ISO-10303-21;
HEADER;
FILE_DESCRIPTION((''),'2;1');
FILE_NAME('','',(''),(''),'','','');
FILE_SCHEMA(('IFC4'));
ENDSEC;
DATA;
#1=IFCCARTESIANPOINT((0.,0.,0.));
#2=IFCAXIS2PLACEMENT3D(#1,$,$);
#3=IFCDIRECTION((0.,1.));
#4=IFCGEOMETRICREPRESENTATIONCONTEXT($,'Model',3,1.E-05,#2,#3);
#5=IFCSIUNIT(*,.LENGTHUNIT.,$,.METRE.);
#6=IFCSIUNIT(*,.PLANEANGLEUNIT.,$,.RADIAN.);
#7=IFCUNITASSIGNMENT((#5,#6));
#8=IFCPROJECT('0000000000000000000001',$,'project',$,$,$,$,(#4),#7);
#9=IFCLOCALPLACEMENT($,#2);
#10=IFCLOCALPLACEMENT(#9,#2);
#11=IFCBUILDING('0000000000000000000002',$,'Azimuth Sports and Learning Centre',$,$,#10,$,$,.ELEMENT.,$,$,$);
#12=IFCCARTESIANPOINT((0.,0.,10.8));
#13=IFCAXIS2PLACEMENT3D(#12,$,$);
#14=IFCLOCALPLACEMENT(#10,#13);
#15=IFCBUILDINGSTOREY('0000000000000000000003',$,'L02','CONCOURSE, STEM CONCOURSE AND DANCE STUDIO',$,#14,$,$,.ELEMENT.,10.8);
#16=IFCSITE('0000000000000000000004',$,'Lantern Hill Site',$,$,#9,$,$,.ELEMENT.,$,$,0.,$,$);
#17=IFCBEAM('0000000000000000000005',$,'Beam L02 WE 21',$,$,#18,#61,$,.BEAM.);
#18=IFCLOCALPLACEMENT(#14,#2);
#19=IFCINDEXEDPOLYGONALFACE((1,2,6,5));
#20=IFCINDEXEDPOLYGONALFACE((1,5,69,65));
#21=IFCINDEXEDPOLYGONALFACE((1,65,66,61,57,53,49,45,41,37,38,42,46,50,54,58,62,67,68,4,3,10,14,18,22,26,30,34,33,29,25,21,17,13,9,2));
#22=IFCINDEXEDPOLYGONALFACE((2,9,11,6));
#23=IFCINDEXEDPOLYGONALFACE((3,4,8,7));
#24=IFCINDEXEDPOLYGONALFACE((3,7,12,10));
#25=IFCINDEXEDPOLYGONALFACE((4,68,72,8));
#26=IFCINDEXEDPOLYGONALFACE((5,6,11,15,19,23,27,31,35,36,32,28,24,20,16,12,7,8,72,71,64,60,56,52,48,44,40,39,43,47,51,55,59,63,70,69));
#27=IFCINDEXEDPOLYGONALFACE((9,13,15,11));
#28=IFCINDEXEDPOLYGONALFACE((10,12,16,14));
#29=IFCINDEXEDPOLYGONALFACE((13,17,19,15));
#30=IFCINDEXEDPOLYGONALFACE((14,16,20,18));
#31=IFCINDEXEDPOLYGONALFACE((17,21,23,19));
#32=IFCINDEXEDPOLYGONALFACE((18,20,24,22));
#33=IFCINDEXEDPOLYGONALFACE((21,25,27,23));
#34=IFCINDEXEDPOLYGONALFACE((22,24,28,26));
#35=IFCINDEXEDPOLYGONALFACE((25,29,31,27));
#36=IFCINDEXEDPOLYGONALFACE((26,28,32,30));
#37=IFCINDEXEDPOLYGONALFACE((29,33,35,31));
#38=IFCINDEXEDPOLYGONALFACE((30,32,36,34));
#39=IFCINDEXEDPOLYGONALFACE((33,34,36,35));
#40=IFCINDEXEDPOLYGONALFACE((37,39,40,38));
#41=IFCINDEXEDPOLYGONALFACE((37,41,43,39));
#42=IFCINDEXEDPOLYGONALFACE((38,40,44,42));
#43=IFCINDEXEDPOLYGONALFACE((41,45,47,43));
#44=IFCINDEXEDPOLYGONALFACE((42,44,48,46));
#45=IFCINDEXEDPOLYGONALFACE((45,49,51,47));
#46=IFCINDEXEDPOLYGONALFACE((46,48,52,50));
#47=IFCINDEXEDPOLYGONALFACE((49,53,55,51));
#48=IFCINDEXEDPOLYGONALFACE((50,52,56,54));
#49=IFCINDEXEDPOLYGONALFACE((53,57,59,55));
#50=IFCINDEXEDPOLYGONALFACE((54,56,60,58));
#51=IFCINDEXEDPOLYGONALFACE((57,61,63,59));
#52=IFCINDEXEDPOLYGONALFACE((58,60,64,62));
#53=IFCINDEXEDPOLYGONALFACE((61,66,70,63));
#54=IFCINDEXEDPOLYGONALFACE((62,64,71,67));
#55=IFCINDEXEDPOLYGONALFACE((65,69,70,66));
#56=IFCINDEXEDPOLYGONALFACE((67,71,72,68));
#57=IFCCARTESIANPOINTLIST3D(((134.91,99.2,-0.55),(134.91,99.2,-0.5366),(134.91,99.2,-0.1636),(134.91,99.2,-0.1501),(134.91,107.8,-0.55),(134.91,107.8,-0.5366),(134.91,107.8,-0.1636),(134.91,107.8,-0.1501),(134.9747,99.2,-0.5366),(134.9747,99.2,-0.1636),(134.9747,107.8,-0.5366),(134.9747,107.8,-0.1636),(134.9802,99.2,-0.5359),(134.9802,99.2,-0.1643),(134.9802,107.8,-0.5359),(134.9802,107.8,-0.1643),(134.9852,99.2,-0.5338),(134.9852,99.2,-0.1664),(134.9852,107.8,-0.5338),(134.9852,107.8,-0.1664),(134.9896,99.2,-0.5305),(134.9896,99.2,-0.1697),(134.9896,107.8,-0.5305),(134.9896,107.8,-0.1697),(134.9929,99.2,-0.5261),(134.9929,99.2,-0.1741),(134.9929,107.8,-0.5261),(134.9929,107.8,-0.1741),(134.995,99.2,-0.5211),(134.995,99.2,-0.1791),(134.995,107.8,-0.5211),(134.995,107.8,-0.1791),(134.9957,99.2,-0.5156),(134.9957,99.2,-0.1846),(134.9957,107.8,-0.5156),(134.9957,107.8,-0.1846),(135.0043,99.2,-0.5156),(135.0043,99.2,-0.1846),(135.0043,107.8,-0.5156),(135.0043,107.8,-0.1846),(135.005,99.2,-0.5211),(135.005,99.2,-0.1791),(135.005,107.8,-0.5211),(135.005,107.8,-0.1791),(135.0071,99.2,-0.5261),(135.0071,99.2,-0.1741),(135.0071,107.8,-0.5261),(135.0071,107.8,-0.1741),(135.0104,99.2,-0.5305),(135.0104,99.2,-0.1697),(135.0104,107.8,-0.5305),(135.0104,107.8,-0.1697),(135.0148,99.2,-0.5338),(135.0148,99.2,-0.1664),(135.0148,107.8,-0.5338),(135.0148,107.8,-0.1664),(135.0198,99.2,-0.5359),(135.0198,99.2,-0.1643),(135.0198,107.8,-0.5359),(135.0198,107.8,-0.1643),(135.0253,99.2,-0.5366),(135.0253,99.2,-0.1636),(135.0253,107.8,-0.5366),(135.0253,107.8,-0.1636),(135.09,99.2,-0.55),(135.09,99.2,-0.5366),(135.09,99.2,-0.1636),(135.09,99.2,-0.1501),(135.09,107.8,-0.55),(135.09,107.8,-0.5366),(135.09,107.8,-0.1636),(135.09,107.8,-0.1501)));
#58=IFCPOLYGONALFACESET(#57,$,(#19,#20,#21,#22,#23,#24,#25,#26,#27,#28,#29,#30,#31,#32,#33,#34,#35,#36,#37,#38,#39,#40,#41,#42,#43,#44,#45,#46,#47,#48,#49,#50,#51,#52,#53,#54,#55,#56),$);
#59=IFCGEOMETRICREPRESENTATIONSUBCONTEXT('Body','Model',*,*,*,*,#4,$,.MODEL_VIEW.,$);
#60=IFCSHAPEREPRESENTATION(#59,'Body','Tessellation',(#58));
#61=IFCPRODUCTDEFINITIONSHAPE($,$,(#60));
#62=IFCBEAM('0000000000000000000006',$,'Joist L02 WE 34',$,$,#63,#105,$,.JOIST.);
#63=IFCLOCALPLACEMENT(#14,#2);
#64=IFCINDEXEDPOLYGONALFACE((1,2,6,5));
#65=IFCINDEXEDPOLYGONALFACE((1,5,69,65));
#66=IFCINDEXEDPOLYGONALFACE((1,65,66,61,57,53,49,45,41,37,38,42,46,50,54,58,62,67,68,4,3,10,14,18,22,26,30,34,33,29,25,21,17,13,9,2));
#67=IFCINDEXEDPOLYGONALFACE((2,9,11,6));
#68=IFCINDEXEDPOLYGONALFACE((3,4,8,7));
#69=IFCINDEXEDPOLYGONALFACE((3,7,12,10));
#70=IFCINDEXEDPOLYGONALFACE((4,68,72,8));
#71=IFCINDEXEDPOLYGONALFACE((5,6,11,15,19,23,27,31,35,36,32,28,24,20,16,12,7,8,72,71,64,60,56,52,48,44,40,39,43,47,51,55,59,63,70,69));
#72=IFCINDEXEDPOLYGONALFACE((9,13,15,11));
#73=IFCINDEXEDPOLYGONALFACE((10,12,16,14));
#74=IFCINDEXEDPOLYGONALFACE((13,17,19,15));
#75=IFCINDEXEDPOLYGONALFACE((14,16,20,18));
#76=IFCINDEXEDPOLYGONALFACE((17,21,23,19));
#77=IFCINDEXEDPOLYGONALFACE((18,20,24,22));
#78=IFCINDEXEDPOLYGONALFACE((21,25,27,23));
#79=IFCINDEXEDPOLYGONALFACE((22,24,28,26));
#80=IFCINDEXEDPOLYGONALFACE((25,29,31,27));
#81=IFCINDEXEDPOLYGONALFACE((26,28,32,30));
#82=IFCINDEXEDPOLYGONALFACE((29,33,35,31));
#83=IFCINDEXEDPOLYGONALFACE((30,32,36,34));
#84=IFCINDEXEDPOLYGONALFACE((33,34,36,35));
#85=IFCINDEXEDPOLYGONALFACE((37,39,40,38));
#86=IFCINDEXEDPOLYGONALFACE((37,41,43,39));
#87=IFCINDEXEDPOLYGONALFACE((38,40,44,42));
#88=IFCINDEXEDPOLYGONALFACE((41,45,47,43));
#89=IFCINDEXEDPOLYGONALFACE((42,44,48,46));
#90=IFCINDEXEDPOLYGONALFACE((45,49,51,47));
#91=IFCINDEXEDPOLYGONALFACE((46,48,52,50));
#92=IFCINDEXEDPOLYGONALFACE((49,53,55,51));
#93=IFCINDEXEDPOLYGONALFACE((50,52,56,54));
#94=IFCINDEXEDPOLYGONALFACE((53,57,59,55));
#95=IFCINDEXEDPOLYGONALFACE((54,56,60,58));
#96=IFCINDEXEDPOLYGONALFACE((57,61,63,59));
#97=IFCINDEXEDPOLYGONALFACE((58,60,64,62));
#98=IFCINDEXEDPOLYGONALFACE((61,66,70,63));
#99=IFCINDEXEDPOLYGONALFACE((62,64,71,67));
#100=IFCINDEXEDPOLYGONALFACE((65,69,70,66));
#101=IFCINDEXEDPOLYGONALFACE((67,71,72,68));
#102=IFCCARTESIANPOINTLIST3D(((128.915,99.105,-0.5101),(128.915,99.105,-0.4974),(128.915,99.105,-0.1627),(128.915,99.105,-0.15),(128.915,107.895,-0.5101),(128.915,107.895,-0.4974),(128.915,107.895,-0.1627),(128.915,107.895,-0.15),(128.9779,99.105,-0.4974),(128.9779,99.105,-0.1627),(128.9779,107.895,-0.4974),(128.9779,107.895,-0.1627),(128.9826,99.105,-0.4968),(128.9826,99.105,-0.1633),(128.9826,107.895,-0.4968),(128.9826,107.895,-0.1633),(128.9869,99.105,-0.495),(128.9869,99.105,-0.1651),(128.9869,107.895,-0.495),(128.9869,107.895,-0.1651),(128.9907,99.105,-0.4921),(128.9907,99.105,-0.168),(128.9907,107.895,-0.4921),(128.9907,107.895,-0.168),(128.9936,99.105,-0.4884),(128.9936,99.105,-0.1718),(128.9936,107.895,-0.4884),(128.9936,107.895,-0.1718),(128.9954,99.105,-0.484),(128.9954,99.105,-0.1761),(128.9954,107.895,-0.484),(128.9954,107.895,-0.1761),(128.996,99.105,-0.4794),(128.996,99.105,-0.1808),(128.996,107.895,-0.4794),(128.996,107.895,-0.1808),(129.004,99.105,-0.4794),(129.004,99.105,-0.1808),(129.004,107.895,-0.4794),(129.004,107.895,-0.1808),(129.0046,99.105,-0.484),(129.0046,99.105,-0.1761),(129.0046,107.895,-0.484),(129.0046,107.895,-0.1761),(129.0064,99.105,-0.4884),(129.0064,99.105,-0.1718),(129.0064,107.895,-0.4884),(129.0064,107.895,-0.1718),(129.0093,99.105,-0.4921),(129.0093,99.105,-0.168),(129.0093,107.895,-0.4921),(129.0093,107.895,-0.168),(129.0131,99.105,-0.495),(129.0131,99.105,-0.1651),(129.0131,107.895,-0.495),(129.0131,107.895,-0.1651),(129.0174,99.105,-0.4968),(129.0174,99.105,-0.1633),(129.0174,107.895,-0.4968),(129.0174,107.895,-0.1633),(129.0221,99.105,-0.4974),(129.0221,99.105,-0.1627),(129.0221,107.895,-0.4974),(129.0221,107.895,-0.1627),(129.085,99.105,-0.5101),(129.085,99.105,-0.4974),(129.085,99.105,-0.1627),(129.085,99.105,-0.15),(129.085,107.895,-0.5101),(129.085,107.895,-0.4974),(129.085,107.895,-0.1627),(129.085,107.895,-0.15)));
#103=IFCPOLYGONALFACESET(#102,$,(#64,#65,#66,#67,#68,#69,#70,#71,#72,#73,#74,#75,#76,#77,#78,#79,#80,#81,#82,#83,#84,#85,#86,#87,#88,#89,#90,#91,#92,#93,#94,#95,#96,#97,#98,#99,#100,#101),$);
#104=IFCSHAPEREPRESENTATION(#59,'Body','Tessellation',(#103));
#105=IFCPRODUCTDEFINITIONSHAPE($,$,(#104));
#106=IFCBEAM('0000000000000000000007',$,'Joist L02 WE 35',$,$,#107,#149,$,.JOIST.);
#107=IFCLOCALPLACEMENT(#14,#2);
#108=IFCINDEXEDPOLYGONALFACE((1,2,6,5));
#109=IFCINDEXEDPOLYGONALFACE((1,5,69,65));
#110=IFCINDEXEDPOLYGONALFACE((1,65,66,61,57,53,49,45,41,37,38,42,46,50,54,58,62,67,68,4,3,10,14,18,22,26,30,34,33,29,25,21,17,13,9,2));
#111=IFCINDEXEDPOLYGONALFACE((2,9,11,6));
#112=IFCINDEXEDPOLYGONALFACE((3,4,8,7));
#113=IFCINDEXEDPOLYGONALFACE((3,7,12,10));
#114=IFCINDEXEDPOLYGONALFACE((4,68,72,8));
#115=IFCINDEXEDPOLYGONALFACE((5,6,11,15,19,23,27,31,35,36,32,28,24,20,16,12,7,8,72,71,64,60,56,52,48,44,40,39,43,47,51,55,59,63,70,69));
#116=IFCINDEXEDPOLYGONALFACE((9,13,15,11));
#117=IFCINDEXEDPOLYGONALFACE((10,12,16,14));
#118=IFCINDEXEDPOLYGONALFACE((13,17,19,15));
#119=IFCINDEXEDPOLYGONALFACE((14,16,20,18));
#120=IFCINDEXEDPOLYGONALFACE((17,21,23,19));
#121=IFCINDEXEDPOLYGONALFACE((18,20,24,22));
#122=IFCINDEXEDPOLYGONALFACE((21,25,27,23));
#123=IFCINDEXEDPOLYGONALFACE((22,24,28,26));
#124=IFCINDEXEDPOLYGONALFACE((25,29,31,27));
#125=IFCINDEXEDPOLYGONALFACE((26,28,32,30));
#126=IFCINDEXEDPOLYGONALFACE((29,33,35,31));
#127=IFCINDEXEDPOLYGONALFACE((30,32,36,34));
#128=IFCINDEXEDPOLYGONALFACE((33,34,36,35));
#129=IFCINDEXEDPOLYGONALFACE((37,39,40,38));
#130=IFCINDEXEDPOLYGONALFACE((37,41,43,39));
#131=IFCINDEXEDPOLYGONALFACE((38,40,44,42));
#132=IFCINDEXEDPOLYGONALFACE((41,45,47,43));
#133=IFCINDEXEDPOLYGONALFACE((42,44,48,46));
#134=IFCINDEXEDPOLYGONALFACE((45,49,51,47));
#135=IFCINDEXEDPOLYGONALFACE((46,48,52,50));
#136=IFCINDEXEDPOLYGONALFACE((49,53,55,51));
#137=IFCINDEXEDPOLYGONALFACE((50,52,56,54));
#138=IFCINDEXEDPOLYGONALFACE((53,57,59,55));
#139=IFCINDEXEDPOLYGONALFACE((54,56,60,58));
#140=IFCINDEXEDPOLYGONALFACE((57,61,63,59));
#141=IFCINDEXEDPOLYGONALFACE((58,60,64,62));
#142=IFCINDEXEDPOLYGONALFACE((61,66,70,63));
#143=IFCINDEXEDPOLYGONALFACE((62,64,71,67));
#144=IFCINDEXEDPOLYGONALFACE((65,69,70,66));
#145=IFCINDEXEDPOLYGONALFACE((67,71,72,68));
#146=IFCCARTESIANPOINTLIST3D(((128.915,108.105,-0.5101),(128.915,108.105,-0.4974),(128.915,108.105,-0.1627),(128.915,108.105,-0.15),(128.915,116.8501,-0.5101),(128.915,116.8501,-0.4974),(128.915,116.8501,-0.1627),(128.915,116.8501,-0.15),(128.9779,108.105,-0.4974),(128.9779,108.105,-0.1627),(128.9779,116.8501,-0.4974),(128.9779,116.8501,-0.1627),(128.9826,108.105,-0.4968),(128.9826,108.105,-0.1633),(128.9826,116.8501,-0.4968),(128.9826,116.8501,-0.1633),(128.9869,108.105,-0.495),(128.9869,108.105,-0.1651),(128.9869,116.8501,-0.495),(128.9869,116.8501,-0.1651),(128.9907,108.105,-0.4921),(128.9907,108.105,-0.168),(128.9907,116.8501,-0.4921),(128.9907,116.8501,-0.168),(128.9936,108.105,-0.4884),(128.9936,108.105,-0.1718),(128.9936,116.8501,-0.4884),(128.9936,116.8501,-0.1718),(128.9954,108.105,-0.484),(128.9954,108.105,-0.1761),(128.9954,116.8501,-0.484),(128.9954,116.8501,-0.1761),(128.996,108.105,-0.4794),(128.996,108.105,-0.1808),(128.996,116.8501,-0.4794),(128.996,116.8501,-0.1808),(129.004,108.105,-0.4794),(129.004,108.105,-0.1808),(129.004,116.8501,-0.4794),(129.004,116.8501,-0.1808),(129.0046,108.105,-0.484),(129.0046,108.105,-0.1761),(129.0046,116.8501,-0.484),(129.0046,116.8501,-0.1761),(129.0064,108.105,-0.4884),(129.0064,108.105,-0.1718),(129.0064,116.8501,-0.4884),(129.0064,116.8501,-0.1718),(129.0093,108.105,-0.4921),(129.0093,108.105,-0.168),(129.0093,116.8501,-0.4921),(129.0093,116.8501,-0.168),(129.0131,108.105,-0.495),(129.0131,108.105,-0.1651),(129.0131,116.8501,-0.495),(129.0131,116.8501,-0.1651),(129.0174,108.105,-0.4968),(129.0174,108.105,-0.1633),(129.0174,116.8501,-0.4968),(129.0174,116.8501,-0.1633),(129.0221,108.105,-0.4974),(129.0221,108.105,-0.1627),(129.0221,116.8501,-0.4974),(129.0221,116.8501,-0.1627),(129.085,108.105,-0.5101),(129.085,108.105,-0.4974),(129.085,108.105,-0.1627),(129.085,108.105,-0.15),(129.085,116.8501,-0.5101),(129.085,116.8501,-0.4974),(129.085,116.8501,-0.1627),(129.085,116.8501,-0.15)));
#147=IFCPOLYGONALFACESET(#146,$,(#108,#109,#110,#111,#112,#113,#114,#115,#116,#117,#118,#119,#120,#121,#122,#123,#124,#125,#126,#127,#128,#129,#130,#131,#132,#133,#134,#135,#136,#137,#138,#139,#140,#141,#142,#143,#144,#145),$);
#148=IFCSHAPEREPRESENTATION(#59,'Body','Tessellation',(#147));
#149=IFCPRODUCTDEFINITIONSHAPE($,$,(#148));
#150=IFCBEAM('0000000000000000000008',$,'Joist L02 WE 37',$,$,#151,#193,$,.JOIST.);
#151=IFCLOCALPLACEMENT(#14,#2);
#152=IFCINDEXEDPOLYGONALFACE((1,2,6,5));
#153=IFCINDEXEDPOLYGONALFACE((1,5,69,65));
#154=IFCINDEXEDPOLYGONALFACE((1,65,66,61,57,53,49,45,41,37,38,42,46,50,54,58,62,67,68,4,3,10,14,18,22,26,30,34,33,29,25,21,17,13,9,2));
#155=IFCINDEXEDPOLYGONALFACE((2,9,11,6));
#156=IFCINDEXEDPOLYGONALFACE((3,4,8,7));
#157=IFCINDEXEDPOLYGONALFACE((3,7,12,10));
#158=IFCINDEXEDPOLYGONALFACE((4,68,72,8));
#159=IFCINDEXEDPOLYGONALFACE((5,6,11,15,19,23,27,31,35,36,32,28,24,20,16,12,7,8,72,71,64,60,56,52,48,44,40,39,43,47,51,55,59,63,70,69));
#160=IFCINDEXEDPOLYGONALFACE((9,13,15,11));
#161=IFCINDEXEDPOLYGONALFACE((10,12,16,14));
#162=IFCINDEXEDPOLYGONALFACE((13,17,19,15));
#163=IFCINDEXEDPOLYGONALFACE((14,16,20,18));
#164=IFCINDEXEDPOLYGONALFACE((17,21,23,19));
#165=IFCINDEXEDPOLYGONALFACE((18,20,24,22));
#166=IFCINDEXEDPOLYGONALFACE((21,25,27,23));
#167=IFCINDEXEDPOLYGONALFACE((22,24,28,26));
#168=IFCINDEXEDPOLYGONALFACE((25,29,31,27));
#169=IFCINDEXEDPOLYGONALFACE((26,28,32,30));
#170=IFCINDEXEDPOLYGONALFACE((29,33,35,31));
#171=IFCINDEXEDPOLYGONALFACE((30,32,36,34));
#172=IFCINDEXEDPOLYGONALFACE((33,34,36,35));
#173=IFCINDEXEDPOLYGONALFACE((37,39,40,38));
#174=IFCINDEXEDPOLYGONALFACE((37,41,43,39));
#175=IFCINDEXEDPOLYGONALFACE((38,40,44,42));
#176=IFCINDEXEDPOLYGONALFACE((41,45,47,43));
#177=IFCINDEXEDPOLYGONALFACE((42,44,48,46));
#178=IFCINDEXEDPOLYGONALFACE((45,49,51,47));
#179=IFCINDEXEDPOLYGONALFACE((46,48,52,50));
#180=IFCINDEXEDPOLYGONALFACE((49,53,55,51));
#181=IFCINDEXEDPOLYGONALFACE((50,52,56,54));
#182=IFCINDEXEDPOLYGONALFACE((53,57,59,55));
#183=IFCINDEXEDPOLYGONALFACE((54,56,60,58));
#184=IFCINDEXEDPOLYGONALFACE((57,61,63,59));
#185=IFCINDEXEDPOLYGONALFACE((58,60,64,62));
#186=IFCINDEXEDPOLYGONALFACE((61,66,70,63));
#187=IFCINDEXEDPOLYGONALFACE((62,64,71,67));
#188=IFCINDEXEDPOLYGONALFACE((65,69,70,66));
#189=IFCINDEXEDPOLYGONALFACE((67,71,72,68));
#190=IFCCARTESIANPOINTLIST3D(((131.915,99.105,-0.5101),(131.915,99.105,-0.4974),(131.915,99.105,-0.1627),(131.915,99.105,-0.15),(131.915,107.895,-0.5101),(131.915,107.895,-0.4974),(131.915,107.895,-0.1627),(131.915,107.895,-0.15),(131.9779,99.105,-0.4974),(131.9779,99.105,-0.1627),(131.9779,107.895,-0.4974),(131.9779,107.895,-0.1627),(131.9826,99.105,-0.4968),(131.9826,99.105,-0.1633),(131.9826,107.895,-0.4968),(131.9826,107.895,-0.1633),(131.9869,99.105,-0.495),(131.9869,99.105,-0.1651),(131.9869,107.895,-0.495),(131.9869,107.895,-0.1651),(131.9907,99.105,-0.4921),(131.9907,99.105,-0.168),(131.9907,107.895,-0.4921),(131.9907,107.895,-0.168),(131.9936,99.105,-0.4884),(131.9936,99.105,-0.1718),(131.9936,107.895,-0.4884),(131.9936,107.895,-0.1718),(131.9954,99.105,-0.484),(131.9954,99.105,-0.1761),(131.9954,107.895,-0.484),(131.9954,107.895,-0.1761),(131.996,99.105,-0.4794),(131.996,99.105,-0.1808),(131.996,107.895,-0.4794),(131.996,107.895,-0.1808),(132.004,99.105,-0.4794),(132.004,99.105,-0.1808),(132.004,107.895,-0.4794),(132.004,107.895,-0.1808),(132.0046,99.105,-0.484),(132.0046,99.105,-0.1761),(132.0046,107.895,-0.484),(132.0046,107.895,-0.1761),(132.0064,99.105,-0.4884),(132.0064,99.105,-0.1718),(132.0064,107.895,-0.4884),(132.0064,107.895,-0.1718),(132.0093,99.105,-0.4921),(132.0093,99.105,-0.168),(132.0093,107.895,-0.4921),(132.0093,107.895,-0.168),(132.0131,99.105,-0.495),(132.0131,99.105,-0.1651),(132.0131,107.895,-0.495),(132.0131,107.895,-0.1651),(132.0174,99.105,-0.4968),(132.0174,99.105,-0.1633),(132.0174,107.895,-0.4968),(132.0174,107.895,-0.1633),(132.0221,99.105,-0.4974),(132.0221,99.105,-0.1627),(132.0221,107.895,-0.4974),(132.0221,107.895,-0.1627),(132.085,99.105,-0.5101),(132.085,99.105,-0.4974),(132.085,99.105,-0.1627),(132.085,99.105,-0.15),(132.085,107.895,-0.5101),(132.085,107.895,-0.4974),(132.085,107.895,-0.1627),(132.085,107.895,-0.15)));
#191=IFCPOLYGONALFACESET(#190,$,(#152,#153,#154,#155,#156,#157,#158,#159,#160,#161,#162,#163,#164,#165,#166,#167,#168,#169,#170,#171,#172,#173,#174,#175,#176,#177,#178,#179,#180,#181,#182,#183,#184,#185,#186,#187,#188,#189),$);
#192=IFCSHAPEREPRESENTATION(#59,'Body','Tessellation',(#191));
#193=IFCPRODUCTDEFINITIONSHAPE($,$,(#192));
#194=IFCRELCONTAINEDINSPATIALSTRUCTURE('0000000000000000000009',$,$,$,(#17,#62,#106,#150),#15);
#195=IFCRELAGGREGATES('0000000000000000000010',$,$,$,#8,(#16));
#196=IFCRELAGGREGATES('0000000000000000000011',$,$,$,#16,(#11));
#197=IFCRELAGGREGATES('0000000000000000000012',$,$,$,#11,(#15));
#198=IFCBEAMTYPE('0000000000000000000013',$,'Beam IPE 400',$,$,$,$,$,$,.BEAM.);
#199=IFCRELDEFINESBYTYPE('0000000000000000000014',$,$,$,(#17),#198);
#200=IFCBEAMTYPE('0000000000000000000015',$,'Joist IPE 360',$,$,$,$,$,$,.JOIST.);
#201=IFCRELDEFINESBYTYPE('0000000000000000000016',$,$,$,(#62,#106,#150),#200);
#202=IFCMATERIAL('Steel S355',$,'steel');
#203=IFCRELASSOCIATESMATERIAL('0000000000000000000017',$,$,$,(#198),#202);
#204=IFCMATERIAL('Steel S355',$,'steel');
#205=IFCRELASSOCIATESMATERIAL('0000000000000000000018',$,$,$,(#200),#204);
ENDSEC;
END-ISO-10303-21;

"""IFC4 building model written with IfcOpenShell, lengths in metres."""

from ifc_helpers import new_model, si_unit, direction, frame, origin, origin_2d, place, context, subcontext, project, spatial, i_section, extrude, material, material_profile, profile_set, type_object, element, save


model = new_model("IFC4")

# Units and contexts
model_context = context("Model", 3, precision=1e-05, world=origin(), true_north=direction((0.0, 1.0)))
body_context = subcontext(model_context, "Body", "Model", "MODEL_VIEW")
ifc_project = project(units=[si_unit("LENGTHUNIT", "METRE"), si_unit("PLANEANGLEUNIT", "RADIAN")], contexts=[model_context])

# Site, building, storey
site_placement = place(None, origin())
site = spatial("IfcSite", under=ifc_project, at=site_placement, Name="Lantern Hill Site", CompositionType="ELEMENT", RefElevation=0.0)
building_placement = place(site_placement, origin())
building = spatial("IfcBuilding", under=site, at=building_placement, Name="Azimuth Sports and Learning Centre", CompositionType="ELEMENT")
storey_placement = place(building_placement, frame((0.0, 0.0, 10.8)))
storey = spatial("IfcBuildingStorey", under=building, at=storey_placement, Name="L02", Description="CONCOURSE, STEM CONCOURSE AND DANCE STUDIO", CompositionType="ELEMENT", Elevation=10.8)

# Beams
ifc_material_1 = material(Name="Steel S355", Category="steel")
ifc_material_profile_1 = material_profile(ifc_material_1, i_section(OverallWidth=0.1799, OverallDepth=0.3999, WebThickness=0.0085, FlangeThickness=0.0134, FilletRadius=0.021, at=origin_2d()), Name="IPE 400")
ifc_profile_set_1 = profile_set([ifc_material_profile_1], Name="Steel S355")
beam_type_1 = type_object("IfcBeamType", Name="Beam IPE 400", PredefinedType="BEAM", material=ifc_profile_set_1)
beam_1_placement = place(storey_placement, frame((135.0, 99.2, -0.3501), z_axis=(0.0, 1.0, 0.0), x_axis=(-1.0, 0.0, 0.0)))
element("IfcBeam", 1, at=beam_1_placement, inside=storey, type_object=beam_type_1, Name="Beam L02 WE 21", PredefinedType="BEAM", context=body_context, shape_type="SweptSolid", body=[
    extrude(i_section(OverallWidth=0.1799, OverallDepth=0.3999, WebThickness=0.0085, FlangeThickness=0.0134, FilletRadius=0.021, at=origin_2d()), origin(), (0.0, 0.0, 1.0), 8.6001),
])
ifc_material_2 = material(Name="Steel S355", Category="steel")
ifc_material_profile_2 = material_profile(ifc_material_2, i_section(OverallWidth=0.1699, OverallDepth=0.3601, WebThickness=0.0081, FlangeThickness=0.0127, FilletRadius=0.0181, at=origin_2d()), Name="IPE 360")
ifc_profile_set_2 = profile_set([ifc_material_profile_2], Name="Steel S355")
beam_type_2 = type_object("IfcBeamType", Name="Joist IPE 360", PredefinedType="JOIST", material=ifc_profile_set_2)
beam_2_placement = place(storey_placement, frame((129.0, 99.105, -0.3301), z_axis=(0.0, 1.0, 0.0), x_axis=(-1.0, 0.0, 0.0)))
element("IfcBeam", 2, at=beam_2_placement, inside=storey, type_object=beam_type_2, Name="Joist L02 WE 34", PredefinedType="JOIST", context=body_context, shape_type="SweptSolid", body=[
    extrude(i_section(OverallWidth=0.1699, OverallDepth=0.3601, WebThickness=0.0081, FlangeThickness=0.0127, FilletRadius=0.0181, at=origin_2d()), origin(), (0.0, 0.0, 1.0), 8.79),
])
beam_3_placement = place(storey_placement, frame((129.0, 108.105, -0.3301), z_axis=(0.0, 1.0, 0.0), x_axis=(-1.0, 0.0, 0.0)))
element("IfcBeam", 3, at=beam_3_placement, inside=storey, type_object=beam_type_2, Name="Joist L02 WE 35", PredefinedType="JOIST", context=body_context, shape_type="SweptSolid", body=[
    extrude(i_section(OverallWidth=0.1699, OverallDepth=0.3601, WebThickness=0.0081, FlangeThickness=0.0127, FilletRadius=0.0181, at=origin_2d()), origin(), (0.0, 0.0, 1.0), 8.7451),
])
beam_4_placement = place(storey_placement, frame((132.0, 99.105, -0.3301), z_axis=(0.0, 1.0, 0.0), x_axis=(-1.0, 0.0, 0.0)))
element("IfcBeam", 4, at=beam_4_placement, inside=storey, type_object=beam_type_2, Name="Joist L02 WE 37", PredefinedType="JOIST", context=body_context, shape_type="SweptSolid", body=[
    extrude(i_section(OverallWidth=0.1699, OverallDepth=0.3601, WebThickness=0.0081, FlangeThickness=0.0127, FilletRadius=0.0181, at=origin_2d()), origin(), (0.0, 0.0, 1.0), 8.79),
])

save(model, "model.ifc")
